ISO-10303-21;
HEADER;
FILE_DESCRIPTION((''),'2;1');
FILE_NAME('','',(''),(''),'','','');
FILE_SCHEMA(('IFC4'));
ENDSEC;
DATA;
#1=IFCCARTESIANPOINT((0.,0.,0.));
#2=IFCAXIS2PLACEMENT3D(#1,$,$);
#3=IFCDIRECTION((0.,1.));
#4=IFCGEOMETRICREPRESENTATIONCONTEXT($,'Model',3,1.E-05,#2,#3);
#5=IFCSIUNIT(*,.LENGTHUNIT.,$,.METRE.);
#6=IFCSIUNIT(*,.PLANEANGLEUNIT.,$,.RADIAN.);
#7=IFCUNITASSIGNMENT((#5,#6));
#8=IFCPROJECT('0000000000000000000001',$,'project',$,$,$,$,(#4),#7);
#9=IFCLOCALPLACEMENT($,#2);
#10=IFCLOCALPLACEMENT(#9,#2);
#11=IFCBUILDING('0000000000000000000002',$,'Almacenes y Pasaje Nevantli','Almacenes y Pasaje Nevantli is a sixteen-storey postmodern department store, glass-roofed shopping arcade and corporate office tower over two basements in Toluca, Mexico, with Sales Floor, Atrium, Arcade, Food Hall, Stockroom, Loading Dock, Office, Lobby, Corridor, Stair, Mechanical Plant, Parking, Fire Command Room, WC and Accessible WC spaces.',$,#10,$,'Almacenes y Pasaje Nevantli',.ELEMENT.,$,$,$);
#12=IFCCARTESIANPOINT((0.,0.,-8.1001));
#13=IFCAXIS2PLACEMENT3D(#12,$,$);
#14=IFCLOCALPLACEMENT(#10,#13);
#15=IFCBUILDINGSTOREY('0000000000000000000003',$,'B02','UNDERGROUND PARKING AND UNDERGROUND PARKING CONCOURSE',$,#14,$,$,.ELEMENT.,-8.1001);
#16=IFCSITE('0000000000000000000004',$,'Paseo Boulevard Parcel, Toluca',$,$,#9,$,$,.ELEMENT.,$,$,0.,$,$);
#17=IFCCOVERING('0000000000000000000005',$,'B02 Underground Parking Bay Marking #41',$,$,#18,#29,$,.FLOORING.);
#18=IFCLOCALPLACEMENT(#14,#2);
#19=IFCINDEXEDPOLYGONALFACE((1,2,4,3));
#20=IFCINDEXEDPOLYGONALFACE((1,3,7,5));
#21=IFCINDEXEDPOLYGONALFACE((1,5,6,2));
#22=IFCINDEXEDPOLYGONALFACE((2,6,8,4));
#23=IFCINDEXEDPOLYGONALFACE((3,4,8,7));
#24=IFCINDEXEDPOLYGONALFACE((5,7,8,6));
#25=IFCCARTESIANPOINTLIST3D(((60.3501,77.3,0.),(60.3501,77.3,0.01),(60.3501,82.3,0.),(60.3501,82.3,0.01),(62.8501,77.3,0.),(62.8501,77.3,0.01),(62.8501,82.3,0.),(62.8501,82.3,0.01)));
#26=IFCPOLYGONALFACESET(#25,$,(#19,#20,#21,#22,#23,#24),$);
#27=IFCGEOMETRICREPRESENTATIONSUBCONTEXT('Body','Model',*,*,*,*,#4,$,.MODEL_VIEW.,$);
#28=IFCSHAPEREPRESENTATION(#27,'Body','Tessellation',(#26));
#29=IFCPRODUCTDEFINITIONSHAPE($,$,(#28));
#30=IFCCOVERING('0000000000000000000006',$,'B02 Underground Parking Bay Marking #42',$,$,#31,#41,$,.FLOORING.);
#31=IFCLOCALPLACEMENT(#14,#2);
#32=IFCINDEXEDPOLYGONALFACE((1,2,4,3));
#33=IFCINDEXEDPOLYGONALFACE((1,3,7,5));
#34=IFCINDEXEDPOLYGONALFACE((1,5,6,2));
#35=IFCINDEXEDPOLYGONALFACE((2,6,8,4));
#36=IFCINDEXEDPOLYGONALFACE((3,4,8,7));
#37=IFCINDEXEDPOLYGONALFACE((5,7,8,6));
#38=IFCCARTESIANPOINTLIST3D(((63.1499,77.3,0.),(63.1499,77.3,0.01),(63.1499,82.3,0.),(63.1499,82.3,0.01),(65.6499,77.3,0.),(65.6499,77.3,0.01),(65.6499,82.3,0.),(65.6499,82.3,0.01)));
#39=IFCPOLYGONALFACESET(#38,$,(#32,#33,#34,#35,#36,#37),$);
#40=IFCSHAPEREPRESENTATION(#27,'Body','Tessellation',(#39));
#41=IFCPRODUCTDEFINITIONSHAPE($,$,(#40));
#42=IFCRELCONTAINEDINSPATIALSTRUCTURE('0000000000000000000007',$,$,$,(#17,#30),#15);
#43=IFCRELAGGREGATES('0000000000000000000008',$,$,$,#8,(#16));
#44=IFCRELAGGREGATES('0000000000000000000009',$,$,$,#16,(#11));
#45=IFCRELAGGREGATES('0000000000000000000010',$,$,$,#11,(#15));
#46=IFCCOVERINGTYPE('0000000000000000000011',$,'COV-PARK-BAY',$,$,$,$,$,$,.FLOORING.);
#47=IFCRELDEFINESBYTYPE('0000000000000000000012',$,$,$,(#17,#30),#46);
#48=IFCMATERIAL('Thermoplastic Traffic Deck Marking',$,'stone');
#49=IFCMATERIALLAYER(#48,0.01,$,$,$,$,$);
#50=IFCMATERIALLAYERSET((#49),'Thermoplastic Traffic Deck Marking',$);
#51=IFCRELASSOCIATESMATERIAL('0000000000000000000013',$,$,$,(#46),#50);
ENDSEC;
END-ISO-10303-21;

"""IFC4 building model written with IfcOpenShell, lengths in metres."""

from ifc_helpers import new_model, si_unit, direction, frame, origin, origin_2d, place, context, subcontext, project, spatial, rectangle, extrude, material, layer, layer_set, type_object, element, save


model = new_model("IFC4")

# Units and contexts
model_context = context("Model", 3, precision=1e-05, world=origin(), true_north=direction((0.0, 1.0)))
body_context = subcontext(model_context, "Body", "Model", "MODEL_VIEW")
ifc_project = project(units=[si_unit("LENGTHUNIT", "METRE"), si_unit("PLANEANGLEUNIT", "RADIAN")], contexts=[model_context])

# Site, building, storey
site_placement = place(None, origin())
site = spatial("IfcSite", under=ifc_project, at=site_placement, Name="Paseo Boulevard Parcel, Toluca", CompositionType="ELEMENT", RefElevation=0.0)
building_placement = place(site_placement, origin())
building = spatial("IfcBuilding", under=site, at=building_placement, Name="Almacenes y Pasaje Nevantli", Description="Almacenes y Pasaje Nevantli is a sixteen-storey postmodern department store, glass-roofed shopping arcade and corporate office tower over two basements in Toluca, Mexico, with Sales Floor, Atrium, Arcade, Food Hall, Stockroom, Loading Dock, Office, Lobby, Corridor, Stair, Mechanical Plant, Parking, Fire Command Room, WC and Accessible WC spaces.", LongName="Almacenes y Pasaje Nevantli", CompositionType="ELEMENT")
storey_placement = place(building_placement, frame((0.0, 0.0, -8.1001)))
storey = spatial("IfcBuildingStorey", under=building, at=storey_placement, Name="B02", Description="UNDERGROUND PARKING AND UNDERGROUND PARKING CONCOURSE", CompositionType="ELEMENT", Elevation=-8.1001)

# Coverings
ifc_material_1 = material(Name="Thermoplastic Traffic Deck Marking", Category="stone")
ifc_layer_1 = layer(ifc_material_1, 0.01)
ifc_layer_set_1 = layer_set([ifc_layer_1], Name="Thermoplastic Traffic Deck Marking")
covering_type = type_object("IfcCoveringType", Name="COV-PARK-BAY", PredefinedType="FLOORING", material=ifc_layer_set_1)
for number, where, z_axis, x_axis, name in (
    (1, (61.6001, 79.8, 0.0), (0.0, 0.0, 1.0), (1.0, 0.0, 0.0), "B02 Underground Parking Bay Marking #41"),
    (2, (64.3999, 79.8, 0.0), (0.0, 0.0, 1.0), (1.0, 0.0, 0.0), "B02 Underground Parking Bay Marking #42"),
):
    element("IfcCovering", number, at=place(storey_placement, frame(where, z_axis=z_axis, x_axis=x_axis)), inside=storey, type_object=covering_type, Name=name, PredefinedType="FLOORING", context=body_context, shape_type="SweptSolid", body=[
        extrude(rectangle(XDim=2.5, YDim=5.0, at=origin_2d()), origin(), (0.0, 0.0, 1.0), 0.01),
    ])

save(model, "model.ifc")
